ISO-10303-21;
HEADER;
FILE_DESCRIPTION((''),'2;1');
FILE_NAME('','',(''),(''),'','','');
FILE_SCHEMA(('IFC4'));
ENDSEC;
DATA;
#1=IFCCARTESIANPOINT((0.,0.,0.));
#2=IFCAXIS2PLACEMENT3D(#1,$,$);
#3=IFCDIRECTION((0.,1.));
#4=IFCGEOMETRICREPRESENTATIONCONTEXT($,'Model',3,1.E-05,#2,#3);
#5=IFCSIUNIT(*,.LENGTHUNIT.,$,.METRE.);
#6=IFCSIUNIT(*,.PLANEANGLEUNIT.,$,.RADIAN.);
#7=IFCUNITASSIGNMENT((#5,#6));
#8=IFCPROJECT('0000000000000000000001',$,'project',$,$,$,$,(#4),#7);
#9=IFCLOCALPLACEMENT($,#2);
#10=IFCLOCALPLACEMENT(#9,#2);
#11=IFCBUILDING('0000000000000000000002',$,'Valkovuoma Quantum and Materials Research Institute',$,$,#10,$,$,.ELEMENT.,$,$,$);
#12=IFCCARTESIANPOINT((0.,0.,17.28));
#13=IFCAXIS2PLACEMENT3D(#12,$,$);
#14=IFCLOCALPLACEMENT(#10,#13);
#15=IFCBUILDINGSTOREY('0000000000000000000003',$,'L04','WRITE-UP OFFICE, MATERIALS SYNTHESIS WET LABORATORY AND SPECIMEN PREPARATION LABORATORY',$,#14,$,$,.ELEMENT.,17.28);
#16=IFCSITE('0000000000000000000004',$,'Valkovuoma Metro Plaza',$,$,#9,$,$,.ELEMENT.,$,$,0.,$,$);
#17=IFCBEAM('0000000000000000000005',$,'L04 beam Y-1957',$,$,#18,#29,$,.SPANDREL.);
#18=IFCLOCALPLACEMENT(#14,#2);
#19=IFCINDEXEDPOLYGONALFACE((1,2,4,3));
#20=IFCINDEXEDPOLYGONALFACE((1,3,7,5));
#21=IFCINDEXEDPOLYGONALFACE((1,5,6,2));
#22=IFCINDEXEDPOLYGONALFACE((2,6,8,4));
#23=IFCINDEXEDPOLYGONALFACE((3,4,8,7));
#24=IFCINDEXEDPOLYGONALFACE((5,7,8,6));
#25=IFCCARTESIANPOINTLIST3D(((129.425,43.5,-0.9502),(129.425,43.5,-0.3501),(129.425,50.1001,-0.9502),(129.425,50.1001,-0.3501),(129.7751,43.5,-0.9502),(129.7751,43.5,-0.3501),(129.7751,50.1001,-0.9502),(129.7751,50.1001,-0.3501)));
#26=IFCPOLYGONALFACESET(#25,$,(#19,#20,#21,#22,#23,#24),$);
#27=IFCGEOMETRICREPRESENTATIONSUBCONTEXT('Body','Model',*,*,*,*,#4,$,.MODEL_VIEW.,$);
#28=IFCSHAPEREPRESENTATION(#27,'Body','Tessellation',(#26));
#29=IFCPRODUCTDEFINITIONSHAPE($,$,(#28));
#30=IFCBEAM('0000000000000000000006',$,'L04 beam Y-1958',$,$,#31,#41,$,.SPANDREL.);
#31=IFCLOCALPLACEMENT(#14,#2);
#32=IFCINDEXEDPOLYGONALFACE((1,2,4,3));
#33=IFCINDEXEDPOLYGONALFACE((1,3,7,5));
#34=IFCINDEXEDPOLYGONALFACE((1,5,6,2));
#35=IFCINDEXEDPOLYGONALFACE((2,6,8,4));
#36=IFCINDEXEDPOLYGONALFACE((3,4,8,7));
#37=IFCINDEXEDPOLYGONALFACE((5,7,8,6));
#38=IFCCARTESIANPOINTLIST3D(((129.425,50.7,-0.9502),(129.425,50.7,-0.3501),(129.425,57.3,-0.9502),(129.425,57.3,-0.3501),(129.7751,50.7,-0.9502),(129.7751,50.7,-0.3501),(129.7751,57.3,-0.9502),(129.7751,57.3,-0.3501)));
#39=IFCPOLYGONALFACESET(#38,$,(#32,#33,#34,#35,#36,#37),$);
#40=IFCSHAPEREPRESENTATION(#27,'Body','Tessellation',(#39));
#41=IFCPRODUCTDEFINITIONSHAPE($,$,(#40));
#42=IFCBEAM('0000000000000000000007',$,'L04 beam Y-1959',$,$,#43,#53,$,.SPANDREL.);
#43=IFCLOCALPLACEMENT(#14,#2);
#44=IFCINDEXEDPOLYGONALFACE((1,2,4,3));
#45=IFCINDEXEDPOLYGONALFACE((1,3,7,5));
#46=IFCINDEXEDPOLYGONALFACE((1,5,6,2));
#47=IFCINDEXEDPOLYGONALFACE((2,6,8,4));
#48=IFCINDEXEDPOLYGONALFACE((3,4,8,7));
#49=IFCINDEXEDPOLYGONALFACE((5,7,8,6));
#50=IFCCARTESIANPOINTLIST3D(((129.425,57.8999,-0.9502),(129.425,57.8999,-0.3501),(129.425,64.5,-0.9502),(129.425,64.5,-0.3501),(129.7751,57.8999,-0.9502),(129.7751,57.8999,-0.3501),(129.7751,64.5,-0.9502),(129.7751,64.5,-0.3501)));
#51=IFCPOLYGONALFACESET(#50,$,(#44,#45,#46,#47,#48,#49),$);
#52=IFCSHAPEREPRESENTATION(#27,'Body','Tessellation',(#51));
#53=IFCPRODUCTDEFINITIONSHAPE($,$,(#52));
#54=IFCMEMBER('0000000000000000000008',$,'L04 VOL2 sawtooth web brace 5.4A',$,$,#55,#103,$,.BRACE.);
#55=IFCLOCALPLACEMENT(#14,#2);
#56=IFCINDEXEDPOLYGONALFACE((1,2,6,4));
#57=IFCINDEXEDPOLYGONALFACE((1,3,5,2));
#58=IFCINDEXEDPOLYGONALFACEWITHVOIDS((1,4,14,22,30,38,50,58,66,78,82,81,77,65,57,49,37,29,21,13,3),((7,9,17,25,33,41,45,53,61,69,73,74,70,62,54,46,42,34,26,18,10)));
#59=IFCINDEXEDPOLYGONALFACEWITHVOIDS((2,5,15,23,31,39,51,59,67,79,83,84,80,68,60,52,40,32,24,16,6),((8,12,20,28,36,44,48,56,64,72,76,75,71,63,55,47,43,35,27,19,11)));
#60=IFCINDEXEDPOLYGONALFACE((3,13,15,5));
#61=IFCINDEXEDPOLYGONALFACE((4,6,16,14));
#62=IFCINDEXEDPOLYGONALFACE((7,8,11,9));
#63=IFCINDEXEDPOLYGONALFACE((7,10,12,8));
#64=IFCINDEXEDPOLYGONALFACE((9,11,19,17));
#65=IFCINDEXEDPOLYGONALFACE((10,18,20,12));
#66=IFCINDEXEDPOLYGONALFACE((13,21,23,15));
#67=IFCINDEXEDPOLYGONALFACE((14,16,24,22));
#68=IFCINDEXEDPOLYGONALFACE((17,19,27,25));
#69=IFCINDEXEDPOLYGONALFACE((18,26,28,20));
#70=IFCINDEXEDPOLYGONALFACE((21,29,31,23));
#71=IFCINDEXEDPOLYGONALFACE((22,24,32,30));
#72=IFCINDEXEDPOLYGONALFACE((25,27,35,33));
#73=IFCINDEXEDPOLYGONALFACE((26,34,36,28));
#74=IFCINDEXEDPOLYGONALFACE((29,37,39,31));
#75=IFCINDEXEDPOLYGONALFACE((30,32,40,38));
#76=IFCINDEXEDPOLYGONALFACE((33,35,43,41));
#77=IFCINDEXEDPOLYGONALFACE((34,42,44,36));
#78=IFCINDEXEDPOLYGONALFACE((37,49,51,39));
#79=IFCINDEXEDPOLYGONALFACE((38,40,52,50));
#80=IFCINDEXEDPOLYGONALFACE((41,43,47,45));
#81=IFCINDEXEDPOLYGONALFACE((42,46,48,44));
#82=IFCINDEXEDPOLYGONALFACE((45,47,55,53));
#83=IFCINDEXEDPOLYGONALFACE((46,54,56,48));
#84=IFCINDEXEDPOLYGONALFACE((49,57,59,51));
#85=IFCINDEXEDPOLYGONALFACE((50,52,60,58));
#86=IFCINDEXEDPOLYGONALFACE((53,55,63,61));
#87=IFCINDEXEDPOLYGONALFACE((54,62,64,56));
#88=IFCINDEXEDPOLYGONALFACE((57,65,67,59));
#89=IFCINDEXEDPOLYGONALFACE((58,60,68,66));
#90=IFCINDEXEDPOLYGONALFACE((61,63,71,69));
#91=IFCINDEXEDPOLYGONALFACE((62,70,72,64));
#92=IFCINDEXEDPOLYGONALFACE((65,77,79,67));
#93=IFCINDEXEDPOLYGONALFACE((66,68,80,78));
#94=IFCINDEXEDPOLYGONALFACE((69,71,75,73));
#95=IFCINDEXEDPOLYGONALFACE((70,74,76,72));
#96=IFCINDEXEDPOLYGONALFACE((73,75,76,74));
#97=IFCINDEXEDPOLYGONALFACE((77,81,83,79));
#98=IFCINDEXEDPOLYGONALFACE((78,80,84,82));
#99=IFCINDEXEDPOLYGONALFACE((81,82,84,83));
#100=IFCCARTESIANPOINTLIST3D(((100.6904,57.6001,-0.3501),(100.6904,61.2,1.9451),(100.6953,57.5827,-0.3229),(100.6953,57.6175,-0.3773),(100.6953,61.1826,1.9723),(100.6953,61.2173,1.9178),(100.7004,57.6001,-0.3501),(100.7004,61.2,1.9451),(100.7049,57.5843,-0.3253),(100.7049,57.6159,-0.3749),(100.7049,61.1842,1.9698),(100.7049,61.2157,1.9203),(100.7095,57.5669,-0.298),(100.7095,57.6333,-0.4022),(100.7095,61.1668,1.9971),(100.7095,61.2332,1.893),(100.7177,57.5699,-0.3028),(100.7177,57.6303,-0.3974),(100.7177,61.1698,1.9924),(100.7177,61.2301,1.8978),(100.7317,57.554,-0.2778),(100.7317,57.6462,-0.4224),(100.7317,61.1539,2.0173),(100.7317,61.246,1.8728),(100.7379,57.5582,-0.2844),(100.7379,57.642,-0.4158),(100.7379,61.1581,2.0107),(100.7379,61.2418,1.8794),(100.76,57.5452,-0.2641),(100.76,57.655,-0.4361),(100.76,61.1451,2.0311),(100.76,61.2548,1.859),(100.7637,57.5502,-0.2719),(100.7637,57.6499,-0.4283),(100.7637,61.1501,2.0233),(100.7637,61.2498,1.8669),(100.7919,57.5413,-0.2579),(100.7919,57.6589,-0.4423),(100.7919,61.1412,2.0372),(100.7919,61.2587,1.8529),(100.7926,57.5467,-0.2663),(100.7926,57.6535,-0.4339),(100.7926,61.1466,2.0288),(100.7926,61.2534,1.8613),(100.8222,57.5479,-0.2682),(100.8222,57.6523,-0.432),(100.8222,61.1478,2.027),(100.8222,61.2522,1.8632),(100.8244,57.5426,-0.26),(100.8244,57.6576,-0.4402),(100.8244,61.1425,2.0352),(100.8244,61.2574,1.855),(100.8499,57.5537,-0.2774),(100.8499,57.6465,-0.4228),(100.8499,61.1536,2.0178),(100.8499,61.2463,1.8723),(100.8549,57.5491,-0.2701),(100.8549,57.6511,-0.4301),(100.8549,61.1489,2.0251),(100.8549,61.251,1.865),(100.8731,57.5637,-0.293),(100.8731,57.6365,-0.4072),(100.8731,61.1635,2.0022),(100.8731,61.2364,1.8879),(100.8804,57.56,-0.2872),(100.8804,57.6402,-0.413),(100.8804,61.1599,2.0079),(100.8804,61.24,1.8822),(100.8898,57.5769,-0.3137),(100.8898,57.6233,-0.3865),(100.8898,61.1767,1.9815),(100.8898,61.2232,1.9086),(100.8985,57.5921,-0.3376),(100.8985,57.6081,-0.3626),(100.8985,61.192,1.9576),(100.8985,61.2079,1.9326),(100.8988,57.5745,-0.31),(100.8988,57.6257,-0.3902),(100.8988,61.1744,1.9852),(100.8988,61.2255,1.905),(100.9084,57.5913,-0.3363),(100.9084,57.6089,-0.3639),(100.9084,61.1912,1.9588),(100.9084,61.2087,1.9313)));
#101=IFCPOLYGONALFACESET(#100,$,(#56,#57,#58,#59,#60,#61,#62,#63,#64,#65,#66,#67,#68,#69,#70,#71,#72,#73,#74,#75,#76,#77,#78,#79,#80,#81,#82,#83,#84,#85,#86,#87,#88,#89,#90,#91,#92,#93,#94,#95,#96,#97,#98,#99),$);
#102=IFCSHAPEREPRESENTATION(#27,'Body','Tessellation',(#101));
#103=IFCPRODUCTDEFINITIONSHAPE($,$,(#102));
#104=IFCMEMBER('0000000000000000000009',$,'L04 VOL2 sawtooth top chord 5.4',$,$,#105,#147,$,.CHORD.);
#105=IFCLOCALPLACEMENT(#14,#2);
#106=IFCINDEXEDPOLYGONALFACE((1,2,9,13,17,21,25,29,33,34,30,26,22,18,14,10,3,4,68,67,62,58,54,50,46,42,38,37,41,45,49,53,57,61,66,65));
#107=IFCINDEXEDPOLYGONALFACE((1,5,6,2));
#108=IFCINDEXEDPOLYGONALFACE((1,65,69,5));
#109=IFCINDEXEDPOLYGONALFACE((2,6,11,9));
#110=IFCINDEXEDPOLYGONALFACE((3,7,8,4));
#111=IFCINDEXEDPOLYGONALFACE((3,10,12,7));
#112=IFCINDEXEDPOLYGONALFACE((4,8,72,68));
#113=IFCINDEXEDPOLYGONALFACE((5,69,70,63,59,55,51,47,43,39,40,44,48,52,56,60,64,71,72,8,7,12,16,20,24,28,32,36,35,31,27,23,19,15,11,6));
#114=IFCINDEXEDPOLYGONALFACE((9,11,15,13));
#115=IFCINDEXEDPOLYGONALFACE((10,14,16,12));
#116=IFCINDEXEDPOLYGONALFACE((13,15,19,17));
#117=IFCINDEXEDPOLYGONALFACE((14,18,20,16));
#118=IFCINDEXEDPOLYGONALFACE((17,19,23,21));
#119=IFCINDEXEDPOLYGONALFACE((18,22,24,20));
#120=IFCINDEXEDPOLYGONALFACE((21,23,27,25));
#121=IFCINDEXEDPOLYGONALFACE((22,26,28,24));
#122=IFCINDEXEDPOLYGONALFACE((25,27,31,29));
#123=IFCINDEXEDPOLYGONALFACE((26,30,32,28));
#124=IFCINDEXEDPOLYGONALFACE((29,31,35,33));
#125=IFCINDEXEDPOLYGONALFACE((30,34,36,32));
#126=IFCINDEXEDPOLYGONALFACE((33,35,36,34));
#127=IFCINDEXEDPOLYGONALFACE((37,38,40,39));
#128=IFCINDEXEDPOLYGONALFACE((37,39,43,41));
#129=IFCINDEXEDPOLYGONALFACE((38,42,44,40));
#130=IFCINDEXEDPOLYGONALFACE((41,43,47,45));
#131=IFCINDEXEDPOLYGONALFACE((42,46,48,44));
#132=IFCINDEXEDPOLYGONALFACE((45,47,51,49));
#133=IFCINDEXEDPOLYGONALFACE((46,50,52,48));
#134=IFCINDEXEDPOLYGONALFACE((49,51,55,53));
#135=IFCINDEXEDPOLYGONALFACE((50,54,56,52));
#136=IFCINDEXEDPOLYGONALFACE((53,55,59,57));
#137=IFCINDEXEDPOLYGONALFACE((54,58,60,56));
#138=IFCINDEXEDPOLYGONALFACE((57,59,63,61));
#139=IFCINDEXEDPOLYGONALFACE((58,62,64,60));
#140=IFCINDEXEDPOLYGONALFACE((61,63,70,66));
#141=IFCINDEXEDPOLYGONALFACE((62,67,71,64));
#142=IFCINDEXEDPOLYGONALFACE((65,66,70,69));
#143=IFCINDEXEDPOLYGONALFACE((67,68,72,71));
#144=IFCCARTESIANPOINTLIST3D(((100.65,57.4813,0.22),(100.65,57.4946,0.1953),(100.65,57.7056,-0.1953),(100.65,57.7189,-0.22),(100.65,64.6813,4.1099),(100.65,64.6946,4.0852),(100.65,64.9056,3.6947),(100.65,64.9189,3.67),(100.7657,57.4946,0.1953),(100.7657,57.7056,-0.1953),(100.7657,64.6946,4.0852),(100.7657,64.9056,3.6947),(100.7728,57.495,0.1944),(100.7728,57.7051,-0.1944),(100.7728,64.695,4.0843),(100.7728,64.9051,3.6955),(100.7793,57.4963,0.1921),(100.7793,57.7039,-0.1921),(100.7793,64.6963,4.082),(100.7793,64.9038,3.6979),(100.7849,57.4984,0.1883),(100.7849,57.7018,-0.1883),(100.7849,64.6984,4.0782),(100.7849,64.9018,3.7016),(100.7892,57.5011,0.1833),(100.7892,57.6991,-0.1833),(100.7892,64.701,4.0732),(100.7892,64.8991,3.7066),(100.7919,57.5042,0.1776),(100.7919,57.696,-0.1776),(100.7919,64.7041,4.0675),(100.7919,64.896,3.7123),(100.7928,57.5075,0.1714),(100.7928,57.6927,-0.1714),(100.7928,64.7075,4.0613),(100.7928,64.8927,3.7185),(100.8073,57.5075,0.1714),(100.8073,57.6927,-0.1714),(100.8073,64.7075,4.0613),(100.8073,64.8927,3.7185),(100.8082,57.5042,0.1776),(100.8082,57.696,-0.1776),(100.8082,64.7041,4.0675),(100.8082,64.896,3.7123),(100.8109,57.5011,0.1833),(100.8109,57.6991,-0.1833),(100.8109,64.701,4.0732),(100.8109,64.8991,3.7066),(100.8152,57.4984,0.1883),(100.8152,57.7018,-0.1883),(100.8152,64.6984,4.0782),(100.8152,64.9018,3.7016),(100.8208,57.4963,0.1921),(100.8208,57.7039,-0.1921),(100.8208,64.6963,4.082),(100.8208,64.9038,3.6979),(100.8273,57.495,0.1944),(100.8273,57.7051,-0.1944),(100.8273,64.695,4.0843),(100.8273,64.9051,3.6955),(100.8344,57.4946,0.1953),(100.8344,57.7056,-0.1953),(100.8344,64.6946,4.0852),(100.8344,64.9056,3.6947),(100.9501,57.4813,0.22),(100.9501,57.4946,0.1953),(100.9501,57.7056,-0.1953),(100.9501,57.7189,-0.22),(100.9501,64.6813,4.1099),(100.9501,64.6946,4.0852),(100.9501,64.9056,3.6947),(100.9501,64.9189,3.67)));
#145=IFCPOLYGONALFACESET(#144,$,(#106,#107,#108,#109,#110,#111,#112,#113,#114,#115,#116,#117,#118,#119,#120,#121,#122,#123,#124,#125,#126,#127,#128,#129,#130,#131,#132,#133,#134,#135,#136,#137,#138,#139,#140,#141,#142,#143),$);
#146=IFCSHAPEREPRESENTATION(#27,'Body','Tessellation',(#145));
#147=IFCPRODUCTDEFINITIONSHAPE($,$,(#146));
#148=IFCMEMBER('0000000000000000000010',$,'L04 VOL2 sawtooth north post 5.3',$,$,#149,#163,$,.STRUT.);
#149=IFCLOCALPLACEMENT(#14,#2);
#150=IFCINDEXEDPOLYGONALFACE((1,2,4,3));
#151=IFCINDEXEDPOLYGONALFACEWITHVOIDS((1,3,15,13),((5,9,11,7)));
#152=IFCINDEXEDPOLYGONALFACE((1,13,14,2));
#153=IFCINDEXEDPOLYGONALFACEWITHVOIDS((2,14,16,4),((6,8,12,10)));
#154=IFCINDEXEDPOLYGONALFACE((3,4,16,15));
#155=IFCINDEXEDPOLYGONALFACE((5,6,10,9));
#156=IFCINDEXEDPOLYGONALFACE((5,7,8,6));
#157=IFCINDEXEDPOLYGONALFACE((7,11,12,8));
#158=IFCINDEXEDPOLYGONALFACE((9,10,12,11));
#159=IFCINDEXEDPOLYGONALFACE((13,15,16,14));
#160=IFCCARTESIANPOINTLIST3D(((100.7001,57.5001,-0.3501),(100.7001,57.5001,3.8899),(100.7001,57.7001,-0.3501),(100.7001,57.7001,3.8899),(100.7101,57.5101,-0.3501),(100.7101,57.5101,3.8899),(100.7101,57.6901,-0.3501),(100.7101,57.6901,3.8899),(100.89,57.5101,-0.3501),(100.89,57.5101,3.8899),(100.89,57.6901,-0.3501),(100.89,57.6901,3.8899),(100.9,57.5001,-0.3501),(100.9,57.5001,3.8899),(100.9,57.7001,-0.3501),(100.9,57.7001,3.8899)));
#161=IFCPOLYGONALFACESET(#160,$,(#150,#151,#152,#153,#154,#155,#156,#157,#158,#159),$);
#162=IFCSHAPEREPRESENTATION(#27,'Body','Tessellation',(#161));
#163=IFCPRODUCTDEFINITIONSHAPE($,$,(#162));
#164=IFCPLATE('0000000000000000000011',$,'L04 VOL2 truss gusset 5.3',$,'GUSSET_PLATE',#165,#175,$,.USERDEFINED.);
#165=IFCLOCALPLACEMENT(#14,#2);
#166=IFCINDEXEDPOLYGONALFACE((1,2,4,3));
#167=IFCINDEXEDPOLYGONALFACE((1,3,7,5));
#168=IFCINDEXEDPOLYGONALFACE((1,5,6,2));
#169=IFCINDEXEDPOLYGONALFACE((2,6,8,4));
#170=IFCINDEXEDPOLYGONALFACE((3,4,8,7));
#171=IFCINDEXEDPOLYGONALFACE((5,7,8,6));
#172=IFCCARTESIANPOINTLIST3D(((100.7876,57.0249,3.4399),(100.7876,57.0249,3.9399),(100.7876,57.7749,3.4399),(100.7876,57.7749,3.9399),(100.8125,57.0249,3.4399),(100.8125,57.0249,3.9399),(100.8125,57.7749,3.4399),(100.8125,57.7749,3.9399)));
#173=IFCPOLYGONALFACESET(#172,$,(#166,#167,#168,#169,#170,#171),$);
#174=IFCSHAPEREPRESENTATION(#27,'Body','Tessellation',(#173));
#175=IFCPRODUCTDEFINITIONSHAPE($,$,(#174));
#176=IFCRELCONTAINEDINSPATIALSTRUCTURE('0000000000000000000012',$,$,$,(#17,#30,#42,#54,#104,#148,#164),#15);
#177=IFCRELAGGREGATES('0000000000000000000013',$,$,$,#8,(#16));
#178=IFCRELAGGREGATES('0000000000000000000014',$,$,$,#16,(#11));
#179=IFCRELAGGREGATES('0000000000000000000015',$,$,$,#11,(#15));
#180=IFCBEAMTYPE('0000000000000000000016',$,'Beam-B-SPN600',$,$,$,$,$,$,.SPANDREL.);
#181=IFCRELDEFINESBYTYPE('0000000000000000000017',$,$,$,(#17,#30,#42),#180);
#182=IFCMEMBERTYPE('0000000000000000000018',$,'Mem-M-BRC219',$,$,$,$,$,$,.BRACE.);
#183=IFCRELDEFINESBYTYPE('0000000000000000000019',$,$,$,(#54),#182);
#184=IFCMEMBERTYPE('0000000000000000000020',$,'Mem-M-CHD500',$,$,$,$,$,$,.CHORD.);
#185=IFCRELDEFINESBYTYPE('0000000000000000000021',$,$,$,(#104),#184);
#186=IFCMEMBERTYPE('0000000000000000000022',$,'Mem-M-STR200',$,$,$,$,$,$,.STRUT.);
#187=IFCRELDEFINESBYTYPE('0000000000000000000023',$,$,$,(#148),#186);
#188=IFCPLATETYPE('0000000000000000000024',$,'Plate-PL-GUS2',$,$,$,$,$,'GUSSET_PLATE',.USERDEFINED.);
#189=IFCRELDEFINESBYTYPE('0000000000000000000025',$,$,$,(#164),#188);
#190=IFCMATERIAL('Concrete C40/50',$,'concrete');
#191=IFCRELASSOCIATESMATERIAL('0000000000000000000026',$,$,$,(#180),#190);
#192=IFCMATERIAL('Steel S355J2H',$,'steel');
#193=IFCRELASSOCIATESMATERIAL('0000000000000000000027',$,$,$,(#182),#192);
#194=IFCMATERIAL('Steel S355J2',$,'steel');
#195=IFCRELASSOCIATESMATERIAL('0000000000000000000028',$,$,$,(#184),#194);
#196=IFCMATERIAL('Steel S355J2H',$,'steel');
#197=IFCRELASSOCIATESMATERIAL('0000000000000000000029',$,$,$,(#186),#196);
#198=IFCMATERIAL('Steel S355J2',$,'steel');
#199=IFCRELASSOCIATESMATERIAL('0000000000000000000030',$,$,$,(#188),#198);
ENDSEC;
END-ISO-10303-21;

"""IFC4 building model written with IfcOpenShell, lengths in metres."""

from ifc_helpers import new_model, si_unit, direction, frame, origin, origin_2d, place, context, subcontext, project, spatial, rectangle, hollow_rectangle, hollow_circle, i_section, extrude, material, material_profile, profile_set, type_object, element, save


model = new_model("IFC4")

# Units and contexts
model_context = context("Model", 3, precision=1e-05, world=origin(), true_north=direction((0.0, 1.0)))
body_context = subcontext(model_context, "Body", "Model", "MODEL_VIEW")
ifc_project = project(units=[si_unit("LENGTHUNIT", "METRE"), si_unit("PLANEANGLEUNIT", "RADIAN")], contexts=[model_context])

# Site, building, storey
site_placement = place(None, origin())
site = spatial("IfcSite", under=ifc_project, at=site_placement, Name="Valkovuoma Metro Plaza", CompositionType="ELEMENT", RefElevation=0.0)
building_placement = place(site_placement, origin())
building = spatial("IfcBuilding", under=site, at=building_placement, Name="Valkovuoma Quantum and Materials Research Institute", CompositionType="ELEMENT")
storey_placement = place(building_placement, frame((0.0, 0.0, 17.28)))
storey = spatial("IfcBuildingStorey", under=building, at=storey_placement, Name="L04", Description="WRITE-UP OFFICE, MATERIALS SYNTHESIS WET LABORATORY AND SPECIMEN PREPARATION LABORATORY", CompositionType="ELEMENT", Elevation=17.28)

# Beams
ifc_material_1 = material(Name="Concrete C40/50", Category="concrete")
ifc_material_profile_1 = material_profile(ifc_material_1, rectangle(XDim=0.3501, YDim=0.6001, at=origin_2d()), Name="Concrete C40/50")
ifc_profile_set_1 = profile_set([ifc_material_profile_1], Name="Concrete C40/50")
beam_type_1 = type_object("IfcBeamType", Name="Beam-B-SPN600", PredefinedType="SPANDREL", material=ifc_profile_set_1)
for number, where, z_axis, x_axis, name in (
    (1, (129.6001, 43.5, -0.6501), (0.0, 1.0, 0.0), (-1.0, 0.0, 0.0), "L04 beam Y-1957"),
    (2, (129.6001, 50.7, -0.6501), (0.0, 1.0, 0.0), (-1.0, 0.0, 0.0), "L04 beam Y-1958"),
    (3, (129.6001, 57.8999, -0.6501), (0.0, 1.0, 0.0), (-1.0, 0.0, 0.0), "L04 beam Y-1959"),
):
    element("IfcBeam", number, at=place(storey_placement, frame(where, z_axis=z_axis, x_axis=x_axis)), inside=storey, type_object=beam_type_1, Name=name, PredefinedType="SPANDREL", context=body_context, shape_type="SweptSolid", body=[
        extrude(rectangle(XDim=0.3501, YDim=0.6001, at=origin_2d()), origin(), (0.0, 0.0, 1.0), 6.6001),
    ])

# Members
ifc_material_2 = material(Name="Steel S355J2H", Category="steel")
ifc_material_profile_2 = material_profile(ifc_material_2, hollow_circle(Radius=0.1096, WallThickness=0.01, at=origin_2d()), Name="Steel S355J2H")
ifc_profile_set_2 = profile_set([ifc_material_profile_2], Name="Steel S355J2H")
member_type_1 = type_object("IfcMemberType", Name="Mem-M-BRC219", PredefinedType="BRACE", material=ifc_profile_set_2)
member_1_placement = place(storey_placement, frame((100.8, 57.6001, -0.3501), z_axis=(0.0, 0.8432, 0.537601), x_axis=(-1.0, 0.0, 0.0)))
element("IfcMember", 4, at=member_1_placement, inside=storey, type_object=member_type_1, Name="L04 VOL2 sawtooth web brace 5.4A", PredefinedType="BRACE", context=body_context, shape_type="SweptSolid", body=[
    extrude(hollow_circle(Radius=0.1096, WallThickness=0.01, at=origin_2d()), origin(), (0.0, 0.0, 1.0), 4.2693),
])
ifc_material_3 = material(Name="Steel S355J2", Category="steel")
ifc_material_profile_3 = material_profile(ifc_material_3, i_section(OverallWidth=0.3, OverallDepth=0.5, WebThickness=0.0144, FlangeThickness=0.0281, FilletRadius=0.0271, at=origin_2d()), Name="Steel S355J2")
ifc_profile_set_3 = profile_set([ifc_material_profile_3], Name="Steel S355J2")
member_type_2 = type_object("IfcMemberType", Name="Mem-M-CHD500", PredefinedType="CHORD", material=ifc_profile_set_3)
member_2_placement = place(storey_placement, frame((100.8, 57.6001, 0.0), z_axis=(0.0, 0.879807, 0.47533), x_axis=(-1.0, 0.0, 0.0)))
element("IfcMember", 5, at=member_2_placement, inside=storey, type_object=member_type_2, Name="L04 VOL2 sawtooth top chord 5.4", PredefinedType="CHORD", context=body_context, shape_type="SweptSolid", body=[
    extrude(i_section(OverallWidth=0.3, OverallDepth=0.5, WebThickness=0.0144, FlangeThickness=0.0281, FilletRadius=0.0271, at=origin_2d()), origin(), (0.0, 0.0, 1.0), 8.1836),
])
ifc_material_4 = material(Name="Steel S355J2H", Category="steel")
ifc_material_profile_4 = material_profile(ifc_material_4, hollow_rectangle(XDim=0.2, YDim=0.2, WallThickness=0.01, at=origin_2d()), Name="Steel S355J2H")
ifc_profile_set_4 = profile_set([ifc_material_profile_4], Name="Steel S355J2H")
member_type_3 = type_object("IfcMemberType", Name="Mem-M-STR200", PredefinedType="STRUT", material=ifc_profile_set_4)
member_3_placement = place(storey_placement, frame((100.8, 57.6001, -0.3501), z_axis=(0.0, 0.0, 1.0), x_axis=(1.0, 0.0, 0.0)))
element("IfcMember", 6, at=member_3_placement, inside=storey, type_object=member_type_3, Name="L04 VOL2 sawtooth north post 5.3", PredefinedType="STRUT", context=body_context, shape_type="SweptSolid", body=[
    extrude(hollow_rectangle(XDim=0.2, YDim=0.2, WallThickness=0.01, at=origin_2d()), origin(), (0.0, 0.0, 1.0), 4.24),
])

# Plate
ifc_material_5 = material(Name="Steel S355J2", Category="steel")
plate_type = type_object("IfcPlateType", Name="Plate-PL-GUS2", ElementType="GUSSET_PLATE", PredefinedType="USERDEFINED", material=ifc_material_5)
plate_placement = place(storey_placement, frame((100.8, 57.3999, 3.4399), z_axis=(0.0, 0.0, 1.0), x_axis=(0.0, 1.0, 0.0)))
element("IfcPlate", 7, at=plate_placement, inside=storey, type_object=plate_type, Name="L04 VOL2 truss gusset 5.3", ObjectType="GUSSET_PLATE", PredefinedType="USERDEFINED", context=body_context, shape_type="SweptSolid", body=[
    extrude(rectangle(XDim=0.75, YDim=0.0249, at=origin_2d()), origin(), (0.0, 0.0, 1.0), 0.5),
])

save(model, "model.ifc")
